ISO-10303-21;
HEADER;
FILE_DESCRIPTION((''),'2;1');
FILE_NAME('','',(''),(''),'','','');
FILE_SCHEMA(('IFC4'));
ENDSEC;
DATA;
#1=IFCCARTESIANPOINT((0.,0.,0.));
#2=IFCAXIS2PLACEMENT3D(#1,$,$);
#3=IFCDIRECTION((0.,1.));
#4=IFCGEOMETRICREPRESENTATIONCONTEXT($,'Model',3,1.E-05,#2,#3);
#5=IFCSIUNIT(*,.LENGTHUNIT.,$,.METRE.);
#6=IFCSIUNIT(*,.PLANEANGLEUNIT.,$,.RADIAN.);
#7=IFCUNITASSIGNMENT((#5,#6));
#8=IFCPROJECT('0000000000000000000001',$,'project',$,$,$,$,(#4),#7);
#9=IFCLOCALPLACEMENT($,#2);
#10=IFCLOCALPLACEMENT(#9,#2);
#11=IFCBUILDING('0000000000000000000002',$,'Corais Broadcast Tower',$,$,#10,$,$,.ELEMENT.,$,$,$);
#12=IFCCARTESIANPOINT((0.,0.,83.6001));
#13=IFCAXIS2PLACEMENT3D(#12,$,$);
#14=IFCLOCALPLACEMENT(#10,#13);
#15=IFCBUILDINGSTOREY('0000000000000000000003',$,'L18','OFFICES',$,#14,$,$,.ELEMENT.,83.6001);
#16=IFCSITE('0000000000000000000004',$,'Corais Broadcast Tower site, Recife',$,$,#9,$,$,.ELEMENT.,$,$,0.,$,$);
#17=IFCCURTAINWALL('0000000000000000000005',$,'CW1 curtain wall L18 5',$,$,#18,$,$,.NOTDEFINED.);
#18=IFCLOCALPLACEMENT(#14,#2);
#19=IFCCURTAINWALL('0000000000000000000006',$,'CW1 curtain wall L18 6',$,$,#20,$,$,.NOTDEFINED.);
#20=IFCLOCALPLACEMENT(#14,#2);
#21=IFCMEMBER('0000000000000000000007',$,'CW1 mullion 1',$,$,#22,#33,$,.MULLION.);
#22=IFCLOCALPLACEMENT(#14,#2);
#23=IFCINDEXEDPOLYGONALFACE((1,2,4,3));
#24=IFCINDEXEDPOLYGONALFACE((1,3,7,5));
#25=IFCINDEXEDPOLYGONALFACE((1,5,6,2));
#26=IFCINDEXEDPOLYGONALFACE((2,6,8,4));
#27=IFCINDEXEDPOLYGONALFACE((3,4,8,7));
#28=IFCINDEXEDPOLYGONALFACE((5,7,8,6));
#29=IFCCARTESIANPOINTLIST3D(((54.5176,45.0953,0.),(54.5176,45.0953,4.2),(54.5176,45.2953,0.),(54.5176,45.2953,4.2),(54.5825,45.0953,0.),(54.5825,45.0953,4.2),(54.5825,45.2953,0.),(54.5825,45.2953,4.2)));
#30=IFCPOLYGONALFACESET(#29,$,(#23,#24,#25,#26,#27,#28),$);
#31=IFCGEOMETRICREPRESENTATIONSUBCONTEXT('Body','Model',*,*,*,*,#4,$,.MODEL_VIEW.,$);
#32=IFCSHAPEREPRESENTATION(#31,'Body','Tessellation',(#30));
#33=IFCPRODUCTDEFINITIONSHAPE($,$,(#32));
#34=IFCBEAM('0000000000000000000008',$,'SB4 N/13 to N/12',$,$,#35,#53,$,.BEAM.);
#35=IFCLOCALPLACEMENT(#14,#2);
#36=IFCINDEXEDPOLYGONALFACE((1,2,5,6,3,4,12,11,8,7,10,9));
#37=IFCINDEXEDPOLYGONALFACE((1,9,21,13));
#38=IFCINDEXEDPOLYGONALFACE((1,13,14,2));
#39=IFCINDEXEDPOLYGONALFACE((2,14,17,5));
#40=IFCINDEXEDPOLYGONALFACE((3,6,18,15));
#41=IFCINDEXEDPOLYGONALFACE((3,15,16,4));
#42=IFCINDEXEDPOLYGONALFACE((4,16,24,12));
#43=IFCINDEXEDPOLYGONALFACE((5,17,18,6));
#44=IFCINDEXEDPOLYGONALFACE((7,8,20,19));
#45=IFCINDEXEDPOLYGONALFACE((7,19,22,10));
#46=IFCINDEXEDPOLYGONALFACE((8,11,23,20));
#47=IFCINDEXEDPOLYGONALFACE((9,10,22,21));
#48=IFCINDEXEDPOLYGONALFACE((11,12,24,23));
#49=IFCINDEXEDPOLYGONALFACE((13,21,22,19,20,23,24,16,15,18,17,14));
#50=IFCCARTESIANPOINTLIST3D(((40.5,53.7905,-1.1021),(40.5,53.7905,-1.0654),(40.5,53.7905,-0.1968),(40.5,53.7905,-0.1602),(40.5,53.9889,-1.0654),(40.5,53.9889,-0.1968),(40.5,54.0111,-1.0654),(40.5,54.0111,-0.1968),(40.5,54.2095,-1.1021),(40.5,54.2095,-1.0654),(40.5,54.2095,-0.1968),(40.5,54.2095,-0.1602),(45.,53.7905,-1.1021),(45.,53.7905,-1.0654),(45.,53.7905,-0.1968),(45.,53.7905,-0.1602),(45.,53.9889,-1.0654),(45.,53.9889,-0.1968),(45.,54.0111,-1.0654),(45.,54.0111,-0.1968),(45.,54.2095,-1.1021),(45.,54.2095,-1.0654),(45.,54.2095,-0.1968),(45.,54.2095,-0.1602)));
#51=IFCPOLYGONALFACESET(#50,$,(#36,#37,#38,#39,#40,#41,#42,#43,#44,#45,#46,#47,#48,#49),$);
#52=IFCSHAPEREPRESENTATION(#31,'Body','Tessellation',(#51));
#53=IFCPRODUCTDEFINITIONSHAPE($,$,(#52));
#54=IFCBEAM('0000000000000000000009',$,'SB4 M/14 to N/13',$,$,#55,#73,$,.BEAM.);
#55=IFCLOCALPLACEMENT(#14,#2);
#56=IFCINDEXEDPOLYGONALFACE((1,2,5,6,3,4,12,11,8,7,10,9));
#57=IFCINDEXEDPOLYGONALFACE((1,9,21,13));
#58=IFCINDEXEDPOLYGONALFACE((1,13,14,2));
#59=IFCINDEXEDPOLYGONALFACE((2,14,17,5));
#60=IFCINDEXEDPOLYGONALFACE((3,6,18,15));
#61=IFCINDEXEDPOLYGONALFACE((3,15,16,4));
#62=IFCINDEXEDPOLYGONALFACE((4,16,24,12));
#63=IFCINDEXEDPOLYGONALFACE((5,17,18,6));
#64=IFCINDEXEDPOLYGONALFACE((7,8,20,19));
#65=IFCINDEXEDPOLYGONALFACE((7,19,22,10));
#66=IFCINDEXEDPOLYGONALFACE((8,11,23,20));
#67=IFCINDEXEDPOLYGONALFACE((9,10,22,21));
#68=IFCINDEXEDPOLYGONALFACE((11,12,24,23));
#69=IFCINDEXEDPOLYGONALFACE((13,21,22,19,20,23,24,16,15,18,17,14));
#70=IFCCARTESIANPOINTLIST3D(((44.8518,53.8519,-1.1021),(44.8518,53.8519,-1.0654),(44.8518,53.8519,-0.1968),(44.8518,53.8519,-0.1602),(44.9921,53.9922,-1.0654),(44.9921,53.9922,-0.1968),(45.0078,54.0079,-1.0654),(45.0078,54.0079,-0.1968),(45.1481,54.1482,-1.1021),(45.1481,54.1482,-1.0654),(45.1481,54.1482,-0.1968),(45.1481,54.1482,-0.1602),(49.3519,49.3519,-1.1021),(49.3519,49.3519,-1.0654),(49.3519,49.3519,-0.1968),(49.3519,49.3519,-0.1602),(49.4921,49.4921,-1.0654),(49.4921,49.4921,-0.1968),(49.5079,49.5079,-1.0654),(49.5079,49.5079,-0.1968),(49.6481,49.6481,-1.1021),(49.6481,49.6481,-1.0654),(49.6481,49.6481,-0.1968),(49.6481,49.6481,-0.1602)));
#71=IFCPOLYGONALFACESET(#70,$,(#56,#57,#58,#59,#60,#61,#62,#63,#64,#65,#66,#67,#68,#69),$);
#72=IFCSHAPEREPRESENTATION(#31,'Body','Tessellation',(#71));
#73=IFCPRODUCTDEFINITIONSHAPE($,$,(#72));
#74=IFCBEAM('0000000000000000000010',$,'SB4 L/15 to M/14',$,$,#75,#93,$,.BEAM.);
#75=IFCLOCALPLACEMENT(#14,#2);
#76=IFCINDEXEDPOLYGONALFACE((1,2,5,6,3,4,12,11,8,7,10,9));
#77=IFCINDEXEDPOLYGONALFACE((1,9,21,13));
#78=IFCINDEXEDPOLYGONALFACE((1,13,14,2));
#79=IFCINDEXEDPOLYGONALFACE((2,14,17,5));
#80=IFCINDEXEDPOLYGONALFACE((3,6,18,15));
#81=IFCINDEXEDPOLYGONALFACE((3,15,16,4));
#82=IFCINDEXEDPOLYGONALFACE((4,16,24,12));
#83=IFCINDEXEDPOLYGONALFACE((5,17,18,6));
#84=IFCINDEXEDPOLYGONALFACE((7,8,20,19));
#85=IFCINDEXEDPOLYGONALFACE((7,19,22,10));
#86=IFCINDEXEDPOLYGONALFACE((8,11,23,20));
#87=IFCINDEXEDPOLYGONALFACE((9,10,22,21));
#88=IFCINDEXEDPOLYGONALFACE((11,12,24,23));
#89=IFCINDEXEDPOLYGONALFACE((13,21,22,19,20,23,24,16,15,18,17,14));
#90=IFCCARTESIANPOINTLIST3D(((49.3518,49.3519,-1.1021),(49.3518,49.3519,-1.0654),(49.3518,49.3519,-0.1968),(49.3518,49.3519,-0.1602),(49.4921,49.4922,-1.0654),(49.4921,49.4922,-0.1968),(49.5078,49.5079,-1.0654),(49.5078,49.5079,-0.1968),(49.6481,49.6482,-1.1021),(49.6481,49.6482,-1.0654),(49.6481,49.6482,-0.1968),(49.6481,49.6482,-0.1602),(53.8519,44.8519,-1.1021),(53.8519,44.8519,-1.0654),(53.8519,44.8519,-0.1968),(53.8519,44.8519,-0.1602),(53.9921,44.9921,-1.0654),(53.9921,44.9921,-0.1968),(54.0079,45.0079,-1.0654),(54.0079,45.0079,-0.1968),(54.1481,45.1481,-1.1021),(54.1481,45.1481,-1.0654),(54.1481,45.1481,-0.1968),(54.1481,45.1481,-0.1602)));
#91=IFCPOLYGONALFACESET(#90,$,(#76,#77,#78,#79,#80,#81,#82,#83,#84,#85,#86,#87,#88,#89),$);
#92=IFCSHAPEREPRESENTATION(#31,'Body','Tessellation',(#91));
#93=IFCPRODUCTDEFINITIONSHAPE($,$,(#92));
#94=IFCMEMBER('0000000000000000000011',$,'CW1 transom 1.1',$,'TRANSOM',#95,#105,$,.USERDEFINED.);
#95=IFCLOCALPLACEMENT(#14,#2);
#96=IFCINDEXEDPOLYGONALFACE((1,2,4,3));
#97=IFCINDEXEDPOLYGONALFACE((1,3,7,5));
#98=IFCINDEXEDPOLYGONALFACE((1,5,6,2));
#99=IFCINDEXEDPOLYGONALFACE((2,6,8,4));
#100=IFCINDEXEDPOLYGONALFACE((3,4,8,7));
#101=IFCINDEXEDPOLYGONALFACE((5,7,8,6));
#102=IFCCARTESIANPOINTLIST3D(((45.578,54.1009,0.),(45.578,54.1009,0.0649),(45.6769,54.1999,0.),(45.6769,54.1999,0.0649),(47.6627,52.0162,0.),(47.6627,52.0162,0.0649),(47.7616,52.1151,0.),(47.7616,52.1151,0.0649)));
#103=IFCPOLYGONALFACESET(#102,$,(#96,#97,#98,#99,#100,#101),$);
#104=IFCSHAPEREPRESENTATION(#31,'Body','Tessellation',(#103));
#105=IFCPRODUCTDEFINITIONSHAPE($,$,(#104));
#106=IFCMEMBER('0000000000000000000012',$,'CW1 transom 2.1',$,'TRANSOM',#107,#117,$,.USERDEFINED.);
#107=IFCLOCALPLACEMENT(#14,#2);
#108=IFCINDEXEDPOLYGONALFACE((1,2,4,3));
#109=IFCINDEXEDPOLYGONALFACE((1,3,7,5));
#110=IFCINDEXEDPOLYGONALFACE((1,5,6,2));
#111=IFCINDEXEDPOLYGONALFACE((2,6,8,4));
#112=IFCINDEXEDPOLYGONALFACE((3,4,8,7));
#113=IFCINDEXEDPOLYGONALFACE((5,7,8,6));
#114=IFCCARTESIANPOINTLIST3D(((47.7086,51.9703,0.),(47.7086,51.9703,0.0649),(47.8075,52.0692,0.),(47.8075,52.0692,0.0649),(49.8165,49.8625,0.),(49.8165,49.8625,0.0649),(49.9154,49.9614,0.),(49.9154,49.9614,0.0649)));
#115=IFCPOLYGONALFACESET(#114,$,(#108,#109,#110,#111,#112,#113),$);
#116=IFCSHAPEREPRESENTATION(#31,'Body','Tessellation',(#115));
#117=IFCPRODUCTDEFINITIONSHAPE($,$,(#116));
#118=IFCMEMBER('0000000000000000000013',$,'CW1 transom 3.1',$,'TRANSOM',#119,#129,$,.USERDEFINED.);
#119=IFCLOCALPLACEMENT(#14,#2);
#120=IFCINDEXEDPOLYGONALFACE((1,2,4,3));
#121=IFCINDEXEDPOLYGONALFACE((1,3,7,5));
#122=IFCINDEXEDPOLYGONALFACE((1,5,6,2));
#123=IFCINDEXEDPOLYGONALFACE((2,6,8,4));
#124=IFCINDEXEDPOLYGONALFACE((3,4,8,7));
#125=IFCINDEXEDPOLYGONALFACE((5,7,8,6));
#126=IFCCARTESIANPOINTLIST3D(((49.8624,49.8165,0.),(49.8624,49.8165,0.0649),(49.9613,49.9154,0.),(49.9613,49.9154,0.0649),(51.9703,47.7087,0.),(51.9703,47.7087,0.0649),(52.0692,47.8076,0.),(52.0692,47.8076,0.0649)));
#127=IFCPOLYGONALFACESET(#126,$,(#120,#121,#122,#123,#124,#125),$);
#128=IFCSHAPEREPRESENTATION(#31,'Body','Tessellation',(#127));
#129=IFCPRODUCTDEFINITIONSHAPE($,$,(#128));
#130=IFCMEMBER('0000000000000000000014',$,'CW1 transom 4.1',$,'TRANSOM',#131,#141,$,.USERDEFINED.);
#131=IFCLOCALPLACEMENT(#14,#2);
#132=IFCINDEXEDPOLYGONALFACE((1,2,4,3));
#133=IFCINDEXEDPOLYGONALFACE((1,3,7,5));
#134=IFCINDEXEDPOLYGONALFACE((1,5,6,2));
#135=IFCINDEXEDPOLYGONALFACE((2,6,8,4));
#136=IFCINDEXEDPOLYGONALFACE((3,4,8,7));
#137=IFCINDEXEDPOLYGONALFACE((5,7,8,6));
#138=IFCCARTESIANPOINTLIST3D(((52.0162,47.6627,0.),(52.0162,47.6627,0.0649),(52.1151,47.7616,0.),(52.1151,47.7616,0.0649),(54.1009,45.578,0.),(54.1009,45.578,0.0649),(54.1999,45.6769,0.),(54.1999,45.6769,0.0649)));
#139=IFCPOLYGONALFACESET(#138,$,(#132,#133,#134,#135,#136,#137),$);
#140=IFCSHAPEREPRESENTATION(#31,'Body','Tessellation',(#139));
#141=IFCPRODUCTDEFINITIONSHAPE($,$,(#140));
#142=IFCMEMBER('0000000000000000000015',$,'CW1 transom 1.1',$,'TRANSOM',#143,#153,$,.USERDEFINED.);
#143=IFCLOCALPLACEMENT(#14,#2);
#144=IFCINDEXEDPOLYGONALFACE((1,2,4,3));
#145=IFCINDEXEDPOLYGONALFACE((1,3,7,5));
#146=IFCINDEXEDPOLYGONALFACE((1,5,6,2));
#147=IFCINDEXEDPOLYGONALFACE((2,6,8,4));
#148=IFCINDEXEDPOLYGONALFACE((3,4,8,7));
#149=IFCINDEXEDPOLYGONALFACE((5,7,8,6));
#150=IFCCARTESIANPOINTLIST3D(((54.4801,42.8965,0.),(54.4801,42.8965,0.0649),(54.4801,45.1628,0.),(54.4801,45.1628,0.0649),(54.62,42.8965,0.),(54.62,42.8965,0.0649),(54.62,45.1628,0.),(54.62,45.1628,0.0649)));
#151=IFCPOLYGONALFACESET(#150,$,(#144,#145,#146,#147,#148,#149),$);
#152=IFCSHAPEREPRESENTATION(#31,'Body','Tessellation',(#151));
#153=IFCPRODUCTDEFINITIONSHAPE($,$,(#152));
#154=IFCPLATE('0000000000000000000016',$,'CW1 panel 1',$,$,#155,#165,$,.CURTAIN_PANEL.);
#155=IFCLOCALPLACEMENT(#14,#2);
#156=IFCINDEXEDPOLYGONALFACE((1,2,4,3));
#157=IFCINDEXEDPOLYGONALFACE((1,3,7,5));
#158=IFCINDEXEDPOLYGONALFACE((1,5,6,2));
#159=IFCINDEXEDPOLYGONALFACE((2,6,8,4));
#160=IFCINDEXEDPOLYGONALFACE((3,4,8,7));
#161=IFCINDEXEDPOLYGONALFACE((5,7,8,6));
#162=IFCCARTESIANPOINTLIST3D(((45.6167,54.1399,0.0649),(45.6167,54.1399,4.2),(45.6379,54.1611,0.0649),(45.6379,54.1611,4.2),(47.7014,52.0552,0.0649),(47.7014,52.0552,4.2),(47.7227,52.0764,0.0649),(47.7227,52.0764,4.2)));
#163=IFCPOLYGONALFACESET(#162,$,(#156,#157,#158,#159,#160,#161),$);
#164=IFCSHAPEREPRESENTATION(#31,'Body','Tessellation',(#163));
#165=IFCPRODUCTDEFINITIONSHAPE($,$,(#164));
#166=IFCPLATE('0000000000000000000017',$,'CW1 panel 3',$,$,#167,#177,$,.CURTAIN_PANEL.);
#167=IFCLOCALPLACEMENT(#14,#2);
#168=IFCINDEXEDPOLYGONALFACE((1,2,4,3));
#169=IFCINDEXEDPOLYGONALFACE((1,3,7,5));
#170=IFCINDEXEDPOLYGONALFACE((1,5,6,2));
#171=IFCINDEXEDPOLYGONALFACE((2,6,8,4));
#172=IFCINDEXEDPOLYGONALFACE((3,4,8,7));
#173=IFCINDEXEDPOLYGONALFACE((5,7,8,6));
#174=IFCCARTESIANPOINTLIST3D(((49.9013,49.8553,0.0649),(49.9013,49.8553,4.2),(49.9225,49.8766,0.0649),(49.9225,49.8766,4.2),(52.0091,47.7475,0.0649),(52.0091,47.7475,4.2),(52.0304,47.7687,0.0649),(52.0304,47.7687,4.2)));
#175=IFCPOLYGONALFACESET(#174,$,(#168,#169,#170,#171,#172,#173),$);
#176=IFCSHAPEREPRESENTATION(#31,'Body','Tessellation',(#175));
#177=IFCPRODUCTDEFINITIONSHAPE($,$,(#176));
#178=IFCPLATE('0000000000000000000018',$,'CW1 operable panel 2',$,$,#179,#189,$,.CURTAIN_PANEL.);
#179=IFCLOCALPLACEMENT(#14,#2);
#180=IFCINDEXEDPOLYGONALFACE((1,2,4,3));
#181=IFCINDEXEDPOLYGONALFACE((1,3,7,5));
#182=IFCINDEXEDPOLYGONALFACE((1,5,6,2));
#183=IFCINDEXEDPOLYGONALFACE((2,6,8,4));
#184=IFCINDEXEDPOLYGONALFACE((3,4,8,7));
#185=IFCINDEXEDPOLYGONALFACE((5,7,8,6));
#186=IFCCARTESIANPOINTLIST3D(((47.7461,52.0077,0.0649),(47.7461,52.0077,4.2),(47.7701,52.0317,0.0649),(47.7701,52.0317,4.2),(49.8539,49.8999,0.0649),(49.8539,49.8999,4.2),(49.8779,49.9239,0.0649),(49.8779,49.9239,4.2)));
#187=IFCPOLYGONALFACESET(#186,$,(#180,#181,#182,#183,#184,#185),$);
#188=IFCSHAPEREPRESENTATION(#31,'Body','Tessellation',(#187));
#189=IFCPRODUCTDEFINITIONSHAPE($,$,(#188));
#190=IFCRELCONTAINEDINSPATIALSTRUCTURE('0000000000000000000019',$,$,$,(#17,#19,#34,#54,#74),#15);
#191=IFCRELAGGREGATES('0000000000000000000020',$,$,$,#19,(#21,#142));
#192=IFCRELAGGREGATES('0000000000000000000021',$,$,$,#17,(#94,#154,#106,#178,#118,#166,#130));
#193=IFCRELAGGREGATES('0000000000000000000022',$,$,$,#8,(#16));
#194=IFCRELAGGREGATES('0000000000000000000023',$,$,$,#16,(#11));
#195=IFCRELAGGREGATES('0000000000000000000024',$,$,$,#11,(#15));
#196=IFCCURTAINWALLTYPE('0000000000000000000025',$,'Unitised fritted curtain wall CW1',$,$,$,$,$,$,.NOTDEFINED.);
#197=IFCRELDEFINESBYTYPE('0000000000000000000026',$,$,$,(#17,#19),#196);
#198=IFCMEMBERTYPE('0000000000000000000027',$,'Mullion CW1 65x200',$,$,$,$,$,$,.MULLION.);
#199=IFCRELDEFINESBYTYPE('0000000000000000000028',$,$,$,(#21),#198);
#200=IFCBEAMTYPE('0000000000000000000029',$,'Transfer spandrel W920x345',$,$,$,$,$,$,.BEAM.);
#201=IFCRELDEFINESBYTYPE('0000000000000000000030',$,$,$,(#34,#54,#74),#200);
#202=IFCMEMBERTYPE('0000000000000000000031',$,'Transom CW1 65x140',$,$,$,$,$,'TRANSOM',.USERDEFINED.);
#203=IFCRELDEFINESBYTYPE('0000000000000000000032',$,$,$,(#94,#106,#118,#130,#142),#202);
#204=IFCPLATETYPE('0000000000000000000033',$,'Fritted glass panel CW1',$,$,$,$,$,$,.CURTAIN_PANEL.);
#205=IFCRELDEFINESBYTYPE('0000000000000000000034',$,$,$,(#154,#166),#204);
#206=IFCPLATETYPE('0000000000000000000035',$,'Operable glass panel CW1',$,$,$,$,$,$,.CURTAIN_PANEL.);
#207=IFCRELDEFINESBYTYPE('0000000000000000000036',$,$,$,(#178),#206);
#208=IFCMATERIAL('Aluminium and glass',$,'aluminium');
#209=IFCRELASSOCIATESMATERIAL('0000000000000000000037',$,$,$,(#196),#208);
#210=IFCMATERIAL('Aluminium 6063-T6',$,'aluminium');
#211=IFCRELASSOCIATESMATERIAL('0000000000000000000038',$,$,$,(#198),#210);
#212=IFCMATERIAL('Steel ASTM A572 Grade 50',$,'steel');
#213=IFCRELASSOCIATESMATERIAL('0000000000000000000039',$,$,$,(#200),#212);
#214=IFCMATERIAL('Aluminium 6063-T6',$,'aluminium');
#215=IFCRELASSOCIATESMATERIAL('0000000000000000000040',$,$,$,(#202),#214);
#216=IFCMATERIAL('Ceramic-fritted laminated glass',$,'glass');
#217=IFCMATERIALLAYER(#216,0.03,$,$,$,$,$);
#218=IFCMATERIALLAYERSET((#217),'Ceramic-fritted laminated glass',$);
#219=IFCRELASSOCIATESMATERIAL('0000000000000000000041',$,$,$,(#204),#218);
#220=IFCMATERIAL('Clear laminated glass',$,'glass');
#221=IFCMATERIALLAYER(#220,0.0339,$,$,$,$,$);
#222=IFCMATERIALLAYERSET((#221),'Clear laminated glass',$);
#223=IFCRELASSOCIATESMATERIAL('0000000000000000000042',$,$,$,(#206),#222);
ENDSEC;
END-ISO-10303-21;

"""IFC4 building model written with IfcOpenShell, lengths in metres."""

from ifc_helpers import new_model, si_unit, direction, frame, origin, origin_2d, place, context, subcontext, project, spatial, rectangle, i_section, extrude, material, layer, layer_set, material_profile, profile_set, type_object, element, aggregate, save


model = new_model("IFC4")

# Units and contexts
model_context = context("Model", 3, precision=1e-05, world=origin(), true_north=direction((0.0, 1.0)))
body_context = subcontext(model_context, "Body", "Model", "MODEL_VIEW")
ifc_project = project(units=[si_unit("LENGTHUNIT", "METRE"), si_unit("PLANEANGLEUNIT", "RADIAN")], contexts=[model_context])

# Site, building, storey
site_placement = place(None, origin())
site = spatial("IfcSite", under=ifc_project, at=site_placement, Name="Corais Broadcast Tower site, Recife", CompositionType="ELEMENT", RefElevation=0.0)
building_placement = place(site_placement, origin())
building = spatial("IfcBuilding", under=site, at=building_placement, Name="Corais Broadcast Tower", CompositionType="ELEMENT")
storey_placement = place(building_placement, frame((0.0, 0.0, 83.6001)))
storey = spatial("IfcBuildingStorey", under=building, at=storey_placement, Name="L18", Description="OFFICES", CompositionType="ELEMENT", Elevation=83.6001)

# Shared definitions
ifc_material_1 = material(Name="Aluminium and glass", Category="aluminium")
curtain_wall_type = type_object("IfcCurtainWallType", Name="Unitised fritted curtain wall CW1", PredefinedType="NOTDEFINED", material=ifc_material_1)
ifc_material_2 = material(Name="Aluminium 6063-T6", Category="aluminium")
ifc_material_profile_1 = material_profile(ifc_material_2, rectangle(XDim=0.0649, YDim=0.2, at=origin_2d()), Name="Mullion CW1 65x200")
ifc_profile_set_1 = profile_set([ifc_material_profile_1], Name="Aluminium 6063-T6")
member_type_1 = type_object("IfcMemberType", Name="Mullion CW1 65x200", PredefinedType="MULLION", material=ifc_profile_set_1)

# Curtain wall
curtain_wall_1_placement = place(storey_placement, origin())
curtain_wall_1 = element("IfcCurtainWall", 1, at=curtain_wall_1_placement, inside=storey, type_object=curtain_wall_type, Name="CW1 curtain wall L18 5", PredefinedType="NOTDEFINED")

# Curtain wall, member
curtain_wall_2_placement = place(storey_placement, origin())
curtain_wall_2 = element("IfcCurtainWall", 2, at=curtain_wall_2_placement, inside=storey, type_object=curtain_wall_type, Name="CW1 curtain wall L18 6", PredefinedType="NOTDEFINED")
member_1_placement = place(storey_placement, frame((54.55, 45.1953, 0.0), z_axis=(0.0, 0.0, 1.0), x_axis=(1.0, 0.0, 0.0)))
member_1 = element("IfcMember", 3, at=member_1_placement, type_object=member_type_1, Name="CW1 mullion 1", PredefinedType="MULLION", context=body_context, shape_type="SweptSolid", body=[
    extrude(rectangle(XDim=0.0649, YDim=0.2, at=origin_2d()), origin(), (0.0, 0.0, 1.0), 4.2),
])

# Beams
ifc_material_3 = material(Name="Steel ASTM A572 Grade 50", Category="steel")
ifc_material_profile_2 = material_profile(ifc_material_3, i_section(OverallWidth=0.4189, OverallDepth=0.9419, WebThickness=0.0222, FlangeThickness=0.0366, at=origin_2d()), Name="W920x345")
ifc_profile_set_2 = profile_set([ifc_material_profile_2], Name="Steel ASTM A572 Grade 50")
beam_type_1 = type_object("IfcBeamType", Name="Transfer spandrel W920x345", PredefinedType="BEAM", material=ifc_profile_set_2)
beam_1_placement = place(storey_placement, frame((45.0, 54.0, -0.6311), z_axis=(-1.0, 0.0, 0.0), x_axis=(0.0, -1.0, 0.0)))
element("IfcBeam", 4, at=beam_1_placement, inside=storey, type_object=beam_type_1, Name="SB4 N/13 to N/12", PredefinedType="BEAM", context=body_context, shape_type="SweptSolid", body=[
    extrude(i_section(OverallWidth=0.4189, OverallDepth=0.9419, WebThickness=0.0222, FlangeThickness=0.0366, at=origin_2d()), origin(), (0.0, 0.0, 1.0), 4.5),
])
for number, where, z_axis, x_axis, name in (
    (5, (49.5, 49.5, -0.6311), (-0.707107, 0.707107, 0.0), (-0.707107, -0.707107, 0.0), "SB4 M/14 to N/13"),
    (6, (54.0, 45.0, -0.6311), (-0.707107, 0.707107, 0.0), (-0.707107, -0.707107, 0.0), "SB4 L/15 to M/14"),
):
    element("IfcBeam", number, at=place(storey_placement, frame(where, z_axis=z_axis, x_axis=x_axis)), inside=storey, type_object=beam_type_1, Name=name, PredefinedType="BEAM", context=body_context, shape_type="SweptSolid", body=[
        extrude(i_section(OverallWidth=0.4189, OverallDepth=0.9419, WebThickness=0.0222, FlangeThickness=0.0366, at=origin_2d()), origin(), (0.0, 0.0, 1.0), 6.364),
    ])

# Members
ifc_material_4 = material(Name="Aluminium 6063-T6", Category="aluminium")
ifc_material_profile_3 = material_profile(ifc_material_4, rectangle(XDim=0.1399, YDim=0.0649, at=origin_2d()), Name="Transom CW1 65x140")
ifc_profile_set_3 = profile_set([ifc_material_profile_3], Name="Aluminium 6063-T6")
member_type_2 = type_object("IfcMemberType", Name="Transom CW1 65x140", ElementType="TRANSOM", PredefinedType="USERDEFINED", material=ifc_profile_set_3)
member_2_placement = place(storey_placement, frame((45.6274, 54.1504, 0.0325), z_axis=(0.707107, -0.707107, 0.0), x_axis=(0.707107, 0.707107, 0.0)))
member_2 = element("IfcMember", 7, at=member_2_placement, type_object=member_type_2, Name="CW1 transom 1.1", ObjectType="TRANSOM", PredefinedType="USERDEFINED", context=body_context, shape_type="SweptSolid", body=[
    extrude(rectangle(XDim=0.1399, YDim=0.0649, at=origin_2d()), origin(), (0.0, 0.0, 1.0), 2.9482),
])
member_3_placement = place(storey_placement, frame((47.7581, 52.0198, 0.0325), z_axis=(0.707107, -0.707107, 0.0), x_axis=(0.707107, 0.707107, 0.0)))
member_3 = element("IfcMember", 8, at=member_3_placement, type_object=member_type_2, Name="CW1 transom 2.1", ObjectType="TRANSOM", PredefinedType="USERDEFINED", context=body_context, shape_type="SweptSolid", body=[
    extrude(rectangle(XDim=0.1399, YDim=0.0649, at=origin_2d()), origin(), (0.0, 0.0, 1.0), 2.981),
])
member_4_placement = place(storey_placement, frame((49.9119, 49.866, 0.0325), z_axis=(0.707107, -0.707107, 0.0), x_axis=(0.707107, 0.707107, 0.0)))
member_4 = element("IfcMember", 9, at=member_4_placement, type_object=member_type_2, Name="CW1 transom 3.1", ObjectType="TRANSOM", PredefinedType="USERDEFINED", context=body_context, shape_type="SweptSolid", body=[
    extrude(rectangle(XDim=0.1399, YDim=0.0649, at=origin_2d()), origin(), (0.0, 0.0, 1.0), 2.981),
])
member_5_placement = place(storey_placement, frame((52.0657, 47.7122, 0.0325), z_axis=(0.707107, -0.707107, 0.0), x_axis=(0.707107, 0.707107, 0.0)))
member_5 = element("IfcMember", 10, at=member_5_placement, type_object=member_type_2, Name="CW1 transom 4.1", ObjectType="TRANSOM", PredefinedType="USERDEFINED", context=body_context, shape_type="SweptSolid", body=[
    extrude(rectangle(XDim=0.1399, YDim=0.0649, at=origin_2d()), origin(), (0.0, 0.0, 1.0), 2.9482),
])
member_6_placement = place(storey_placement, frame((54.55, 45.1628, 0.0325), z_axis=(0.0, -1.0, 0.0), x_axis=(1.0, 0.0, 0.0)))
member_6 = element("IfcMember", 11, at=member_6_placement, type_object=member_type_2, Name="CW1 transom 1.1", ObjectType="TRANSOM", PredefinedType="USERDEFINED", context=body_context, shape_type="SweptSolid", body=[
    extrude(rectangle(XDim=0.1399, YDim=0.0649, at=origin_2d()), origin(), (0.0, 0.0, 1.0), 2.2664),
])
aggregate(curtain_wall_2, [member_1, member_6])

# Plates
ifc_material_5 = material(Name="Ceramic-fritted laminated glass", Category="glass")
ifc_layer_1 = layer(ifc_material_5, 0.03)
ifc_layer_set_1 = layer_set([ifc_layer_1], Name="Ceramic-fritted laminated glass")
plate_type_1 = type_object("IfcPlateType", Name="Fritted glass panel CW1", PredefinedType="CURTAIN_PANEL", material=ifc_layer_set_1)
plate_1_placement = place(storey_placement, frame((46.6697, 53.1082, 0.0649), z_axis=(0.0, 0.0, 1.0), x_axis=(0.707107, -0.707107, 0.0)))
plate_1 = element("IfcPlate", 12, at=plate_1_placement, type_object=plate_type_1, Name="CW1 panel 1", PredefinedType="CURTAIN_PANEL", context=body_context, shape_type="SweptSolid", body=[
    extrude(rectangle(XDim=2.9482, YDim=0.03, at=origin_2d()), origin(), (0.0, 0.0, 1.0), 4.135),
])
plate_2_placement = place(storey_placement, frame((50.9658, 48.812, 0.0649), z_axis=(0.0, 0.0, 1.0), x_axis=(0.707107, -0.707107, 0.0)))
plate_2 = element("IfcPlate", 13, at=plate_2_placement, type_object=plate_type_1, Name="CW1 panel 3", PredefinedType="CURTAIN_PANEL", context=body_context, shape_type="SweptSolid", body=[
    extrude(rectangle(XDim=2.981, YDim=0.03, at=origin_2d()), origin(), (0.0, 0.0, 1.0), 4.135),
])
ifc_material_6 = material(Name="Clear laminated glass", Category="glass")
ifc_layer_2 = layer(ifc_material_6, 0.0339)
ifc_layer_set_2 = layer_set([ifc_layer_2], Name="Clear laminated glass")
plate_type_2 = type_object("IfcPlateType", Name="Operable glass panel CW1", PredefinedType="CURTAIN_PANEL", material=ifc_layer_set_2)
plate_3_placement = place(storey_placement, frame((48.812, 50.9658, 0.0649), z_axis=(0.0, 0.0, 1.0), x_axis=(0.707107, -0.707107, 0.0)))
plate_3 = element("IfcPlate", 14, at=plate_3_placement, type_object=plate_type_2, Name="CW1 operable panel 2", PredefinedType="CURTAIN_PANEL", context=body_context, shape_type="SweptSolid", body=[
    extrude(rectangle(XDim=2.981, YDim=0.0339, at=origin_2d()), origin(), (0.0, 0.0, 1.0), 4.135),
])
aggregate(curtain_wall_1, [member_2, plate_1, member_3, plate_3, member_4, plate_2, member_5])

save(model, "model.ifc")
